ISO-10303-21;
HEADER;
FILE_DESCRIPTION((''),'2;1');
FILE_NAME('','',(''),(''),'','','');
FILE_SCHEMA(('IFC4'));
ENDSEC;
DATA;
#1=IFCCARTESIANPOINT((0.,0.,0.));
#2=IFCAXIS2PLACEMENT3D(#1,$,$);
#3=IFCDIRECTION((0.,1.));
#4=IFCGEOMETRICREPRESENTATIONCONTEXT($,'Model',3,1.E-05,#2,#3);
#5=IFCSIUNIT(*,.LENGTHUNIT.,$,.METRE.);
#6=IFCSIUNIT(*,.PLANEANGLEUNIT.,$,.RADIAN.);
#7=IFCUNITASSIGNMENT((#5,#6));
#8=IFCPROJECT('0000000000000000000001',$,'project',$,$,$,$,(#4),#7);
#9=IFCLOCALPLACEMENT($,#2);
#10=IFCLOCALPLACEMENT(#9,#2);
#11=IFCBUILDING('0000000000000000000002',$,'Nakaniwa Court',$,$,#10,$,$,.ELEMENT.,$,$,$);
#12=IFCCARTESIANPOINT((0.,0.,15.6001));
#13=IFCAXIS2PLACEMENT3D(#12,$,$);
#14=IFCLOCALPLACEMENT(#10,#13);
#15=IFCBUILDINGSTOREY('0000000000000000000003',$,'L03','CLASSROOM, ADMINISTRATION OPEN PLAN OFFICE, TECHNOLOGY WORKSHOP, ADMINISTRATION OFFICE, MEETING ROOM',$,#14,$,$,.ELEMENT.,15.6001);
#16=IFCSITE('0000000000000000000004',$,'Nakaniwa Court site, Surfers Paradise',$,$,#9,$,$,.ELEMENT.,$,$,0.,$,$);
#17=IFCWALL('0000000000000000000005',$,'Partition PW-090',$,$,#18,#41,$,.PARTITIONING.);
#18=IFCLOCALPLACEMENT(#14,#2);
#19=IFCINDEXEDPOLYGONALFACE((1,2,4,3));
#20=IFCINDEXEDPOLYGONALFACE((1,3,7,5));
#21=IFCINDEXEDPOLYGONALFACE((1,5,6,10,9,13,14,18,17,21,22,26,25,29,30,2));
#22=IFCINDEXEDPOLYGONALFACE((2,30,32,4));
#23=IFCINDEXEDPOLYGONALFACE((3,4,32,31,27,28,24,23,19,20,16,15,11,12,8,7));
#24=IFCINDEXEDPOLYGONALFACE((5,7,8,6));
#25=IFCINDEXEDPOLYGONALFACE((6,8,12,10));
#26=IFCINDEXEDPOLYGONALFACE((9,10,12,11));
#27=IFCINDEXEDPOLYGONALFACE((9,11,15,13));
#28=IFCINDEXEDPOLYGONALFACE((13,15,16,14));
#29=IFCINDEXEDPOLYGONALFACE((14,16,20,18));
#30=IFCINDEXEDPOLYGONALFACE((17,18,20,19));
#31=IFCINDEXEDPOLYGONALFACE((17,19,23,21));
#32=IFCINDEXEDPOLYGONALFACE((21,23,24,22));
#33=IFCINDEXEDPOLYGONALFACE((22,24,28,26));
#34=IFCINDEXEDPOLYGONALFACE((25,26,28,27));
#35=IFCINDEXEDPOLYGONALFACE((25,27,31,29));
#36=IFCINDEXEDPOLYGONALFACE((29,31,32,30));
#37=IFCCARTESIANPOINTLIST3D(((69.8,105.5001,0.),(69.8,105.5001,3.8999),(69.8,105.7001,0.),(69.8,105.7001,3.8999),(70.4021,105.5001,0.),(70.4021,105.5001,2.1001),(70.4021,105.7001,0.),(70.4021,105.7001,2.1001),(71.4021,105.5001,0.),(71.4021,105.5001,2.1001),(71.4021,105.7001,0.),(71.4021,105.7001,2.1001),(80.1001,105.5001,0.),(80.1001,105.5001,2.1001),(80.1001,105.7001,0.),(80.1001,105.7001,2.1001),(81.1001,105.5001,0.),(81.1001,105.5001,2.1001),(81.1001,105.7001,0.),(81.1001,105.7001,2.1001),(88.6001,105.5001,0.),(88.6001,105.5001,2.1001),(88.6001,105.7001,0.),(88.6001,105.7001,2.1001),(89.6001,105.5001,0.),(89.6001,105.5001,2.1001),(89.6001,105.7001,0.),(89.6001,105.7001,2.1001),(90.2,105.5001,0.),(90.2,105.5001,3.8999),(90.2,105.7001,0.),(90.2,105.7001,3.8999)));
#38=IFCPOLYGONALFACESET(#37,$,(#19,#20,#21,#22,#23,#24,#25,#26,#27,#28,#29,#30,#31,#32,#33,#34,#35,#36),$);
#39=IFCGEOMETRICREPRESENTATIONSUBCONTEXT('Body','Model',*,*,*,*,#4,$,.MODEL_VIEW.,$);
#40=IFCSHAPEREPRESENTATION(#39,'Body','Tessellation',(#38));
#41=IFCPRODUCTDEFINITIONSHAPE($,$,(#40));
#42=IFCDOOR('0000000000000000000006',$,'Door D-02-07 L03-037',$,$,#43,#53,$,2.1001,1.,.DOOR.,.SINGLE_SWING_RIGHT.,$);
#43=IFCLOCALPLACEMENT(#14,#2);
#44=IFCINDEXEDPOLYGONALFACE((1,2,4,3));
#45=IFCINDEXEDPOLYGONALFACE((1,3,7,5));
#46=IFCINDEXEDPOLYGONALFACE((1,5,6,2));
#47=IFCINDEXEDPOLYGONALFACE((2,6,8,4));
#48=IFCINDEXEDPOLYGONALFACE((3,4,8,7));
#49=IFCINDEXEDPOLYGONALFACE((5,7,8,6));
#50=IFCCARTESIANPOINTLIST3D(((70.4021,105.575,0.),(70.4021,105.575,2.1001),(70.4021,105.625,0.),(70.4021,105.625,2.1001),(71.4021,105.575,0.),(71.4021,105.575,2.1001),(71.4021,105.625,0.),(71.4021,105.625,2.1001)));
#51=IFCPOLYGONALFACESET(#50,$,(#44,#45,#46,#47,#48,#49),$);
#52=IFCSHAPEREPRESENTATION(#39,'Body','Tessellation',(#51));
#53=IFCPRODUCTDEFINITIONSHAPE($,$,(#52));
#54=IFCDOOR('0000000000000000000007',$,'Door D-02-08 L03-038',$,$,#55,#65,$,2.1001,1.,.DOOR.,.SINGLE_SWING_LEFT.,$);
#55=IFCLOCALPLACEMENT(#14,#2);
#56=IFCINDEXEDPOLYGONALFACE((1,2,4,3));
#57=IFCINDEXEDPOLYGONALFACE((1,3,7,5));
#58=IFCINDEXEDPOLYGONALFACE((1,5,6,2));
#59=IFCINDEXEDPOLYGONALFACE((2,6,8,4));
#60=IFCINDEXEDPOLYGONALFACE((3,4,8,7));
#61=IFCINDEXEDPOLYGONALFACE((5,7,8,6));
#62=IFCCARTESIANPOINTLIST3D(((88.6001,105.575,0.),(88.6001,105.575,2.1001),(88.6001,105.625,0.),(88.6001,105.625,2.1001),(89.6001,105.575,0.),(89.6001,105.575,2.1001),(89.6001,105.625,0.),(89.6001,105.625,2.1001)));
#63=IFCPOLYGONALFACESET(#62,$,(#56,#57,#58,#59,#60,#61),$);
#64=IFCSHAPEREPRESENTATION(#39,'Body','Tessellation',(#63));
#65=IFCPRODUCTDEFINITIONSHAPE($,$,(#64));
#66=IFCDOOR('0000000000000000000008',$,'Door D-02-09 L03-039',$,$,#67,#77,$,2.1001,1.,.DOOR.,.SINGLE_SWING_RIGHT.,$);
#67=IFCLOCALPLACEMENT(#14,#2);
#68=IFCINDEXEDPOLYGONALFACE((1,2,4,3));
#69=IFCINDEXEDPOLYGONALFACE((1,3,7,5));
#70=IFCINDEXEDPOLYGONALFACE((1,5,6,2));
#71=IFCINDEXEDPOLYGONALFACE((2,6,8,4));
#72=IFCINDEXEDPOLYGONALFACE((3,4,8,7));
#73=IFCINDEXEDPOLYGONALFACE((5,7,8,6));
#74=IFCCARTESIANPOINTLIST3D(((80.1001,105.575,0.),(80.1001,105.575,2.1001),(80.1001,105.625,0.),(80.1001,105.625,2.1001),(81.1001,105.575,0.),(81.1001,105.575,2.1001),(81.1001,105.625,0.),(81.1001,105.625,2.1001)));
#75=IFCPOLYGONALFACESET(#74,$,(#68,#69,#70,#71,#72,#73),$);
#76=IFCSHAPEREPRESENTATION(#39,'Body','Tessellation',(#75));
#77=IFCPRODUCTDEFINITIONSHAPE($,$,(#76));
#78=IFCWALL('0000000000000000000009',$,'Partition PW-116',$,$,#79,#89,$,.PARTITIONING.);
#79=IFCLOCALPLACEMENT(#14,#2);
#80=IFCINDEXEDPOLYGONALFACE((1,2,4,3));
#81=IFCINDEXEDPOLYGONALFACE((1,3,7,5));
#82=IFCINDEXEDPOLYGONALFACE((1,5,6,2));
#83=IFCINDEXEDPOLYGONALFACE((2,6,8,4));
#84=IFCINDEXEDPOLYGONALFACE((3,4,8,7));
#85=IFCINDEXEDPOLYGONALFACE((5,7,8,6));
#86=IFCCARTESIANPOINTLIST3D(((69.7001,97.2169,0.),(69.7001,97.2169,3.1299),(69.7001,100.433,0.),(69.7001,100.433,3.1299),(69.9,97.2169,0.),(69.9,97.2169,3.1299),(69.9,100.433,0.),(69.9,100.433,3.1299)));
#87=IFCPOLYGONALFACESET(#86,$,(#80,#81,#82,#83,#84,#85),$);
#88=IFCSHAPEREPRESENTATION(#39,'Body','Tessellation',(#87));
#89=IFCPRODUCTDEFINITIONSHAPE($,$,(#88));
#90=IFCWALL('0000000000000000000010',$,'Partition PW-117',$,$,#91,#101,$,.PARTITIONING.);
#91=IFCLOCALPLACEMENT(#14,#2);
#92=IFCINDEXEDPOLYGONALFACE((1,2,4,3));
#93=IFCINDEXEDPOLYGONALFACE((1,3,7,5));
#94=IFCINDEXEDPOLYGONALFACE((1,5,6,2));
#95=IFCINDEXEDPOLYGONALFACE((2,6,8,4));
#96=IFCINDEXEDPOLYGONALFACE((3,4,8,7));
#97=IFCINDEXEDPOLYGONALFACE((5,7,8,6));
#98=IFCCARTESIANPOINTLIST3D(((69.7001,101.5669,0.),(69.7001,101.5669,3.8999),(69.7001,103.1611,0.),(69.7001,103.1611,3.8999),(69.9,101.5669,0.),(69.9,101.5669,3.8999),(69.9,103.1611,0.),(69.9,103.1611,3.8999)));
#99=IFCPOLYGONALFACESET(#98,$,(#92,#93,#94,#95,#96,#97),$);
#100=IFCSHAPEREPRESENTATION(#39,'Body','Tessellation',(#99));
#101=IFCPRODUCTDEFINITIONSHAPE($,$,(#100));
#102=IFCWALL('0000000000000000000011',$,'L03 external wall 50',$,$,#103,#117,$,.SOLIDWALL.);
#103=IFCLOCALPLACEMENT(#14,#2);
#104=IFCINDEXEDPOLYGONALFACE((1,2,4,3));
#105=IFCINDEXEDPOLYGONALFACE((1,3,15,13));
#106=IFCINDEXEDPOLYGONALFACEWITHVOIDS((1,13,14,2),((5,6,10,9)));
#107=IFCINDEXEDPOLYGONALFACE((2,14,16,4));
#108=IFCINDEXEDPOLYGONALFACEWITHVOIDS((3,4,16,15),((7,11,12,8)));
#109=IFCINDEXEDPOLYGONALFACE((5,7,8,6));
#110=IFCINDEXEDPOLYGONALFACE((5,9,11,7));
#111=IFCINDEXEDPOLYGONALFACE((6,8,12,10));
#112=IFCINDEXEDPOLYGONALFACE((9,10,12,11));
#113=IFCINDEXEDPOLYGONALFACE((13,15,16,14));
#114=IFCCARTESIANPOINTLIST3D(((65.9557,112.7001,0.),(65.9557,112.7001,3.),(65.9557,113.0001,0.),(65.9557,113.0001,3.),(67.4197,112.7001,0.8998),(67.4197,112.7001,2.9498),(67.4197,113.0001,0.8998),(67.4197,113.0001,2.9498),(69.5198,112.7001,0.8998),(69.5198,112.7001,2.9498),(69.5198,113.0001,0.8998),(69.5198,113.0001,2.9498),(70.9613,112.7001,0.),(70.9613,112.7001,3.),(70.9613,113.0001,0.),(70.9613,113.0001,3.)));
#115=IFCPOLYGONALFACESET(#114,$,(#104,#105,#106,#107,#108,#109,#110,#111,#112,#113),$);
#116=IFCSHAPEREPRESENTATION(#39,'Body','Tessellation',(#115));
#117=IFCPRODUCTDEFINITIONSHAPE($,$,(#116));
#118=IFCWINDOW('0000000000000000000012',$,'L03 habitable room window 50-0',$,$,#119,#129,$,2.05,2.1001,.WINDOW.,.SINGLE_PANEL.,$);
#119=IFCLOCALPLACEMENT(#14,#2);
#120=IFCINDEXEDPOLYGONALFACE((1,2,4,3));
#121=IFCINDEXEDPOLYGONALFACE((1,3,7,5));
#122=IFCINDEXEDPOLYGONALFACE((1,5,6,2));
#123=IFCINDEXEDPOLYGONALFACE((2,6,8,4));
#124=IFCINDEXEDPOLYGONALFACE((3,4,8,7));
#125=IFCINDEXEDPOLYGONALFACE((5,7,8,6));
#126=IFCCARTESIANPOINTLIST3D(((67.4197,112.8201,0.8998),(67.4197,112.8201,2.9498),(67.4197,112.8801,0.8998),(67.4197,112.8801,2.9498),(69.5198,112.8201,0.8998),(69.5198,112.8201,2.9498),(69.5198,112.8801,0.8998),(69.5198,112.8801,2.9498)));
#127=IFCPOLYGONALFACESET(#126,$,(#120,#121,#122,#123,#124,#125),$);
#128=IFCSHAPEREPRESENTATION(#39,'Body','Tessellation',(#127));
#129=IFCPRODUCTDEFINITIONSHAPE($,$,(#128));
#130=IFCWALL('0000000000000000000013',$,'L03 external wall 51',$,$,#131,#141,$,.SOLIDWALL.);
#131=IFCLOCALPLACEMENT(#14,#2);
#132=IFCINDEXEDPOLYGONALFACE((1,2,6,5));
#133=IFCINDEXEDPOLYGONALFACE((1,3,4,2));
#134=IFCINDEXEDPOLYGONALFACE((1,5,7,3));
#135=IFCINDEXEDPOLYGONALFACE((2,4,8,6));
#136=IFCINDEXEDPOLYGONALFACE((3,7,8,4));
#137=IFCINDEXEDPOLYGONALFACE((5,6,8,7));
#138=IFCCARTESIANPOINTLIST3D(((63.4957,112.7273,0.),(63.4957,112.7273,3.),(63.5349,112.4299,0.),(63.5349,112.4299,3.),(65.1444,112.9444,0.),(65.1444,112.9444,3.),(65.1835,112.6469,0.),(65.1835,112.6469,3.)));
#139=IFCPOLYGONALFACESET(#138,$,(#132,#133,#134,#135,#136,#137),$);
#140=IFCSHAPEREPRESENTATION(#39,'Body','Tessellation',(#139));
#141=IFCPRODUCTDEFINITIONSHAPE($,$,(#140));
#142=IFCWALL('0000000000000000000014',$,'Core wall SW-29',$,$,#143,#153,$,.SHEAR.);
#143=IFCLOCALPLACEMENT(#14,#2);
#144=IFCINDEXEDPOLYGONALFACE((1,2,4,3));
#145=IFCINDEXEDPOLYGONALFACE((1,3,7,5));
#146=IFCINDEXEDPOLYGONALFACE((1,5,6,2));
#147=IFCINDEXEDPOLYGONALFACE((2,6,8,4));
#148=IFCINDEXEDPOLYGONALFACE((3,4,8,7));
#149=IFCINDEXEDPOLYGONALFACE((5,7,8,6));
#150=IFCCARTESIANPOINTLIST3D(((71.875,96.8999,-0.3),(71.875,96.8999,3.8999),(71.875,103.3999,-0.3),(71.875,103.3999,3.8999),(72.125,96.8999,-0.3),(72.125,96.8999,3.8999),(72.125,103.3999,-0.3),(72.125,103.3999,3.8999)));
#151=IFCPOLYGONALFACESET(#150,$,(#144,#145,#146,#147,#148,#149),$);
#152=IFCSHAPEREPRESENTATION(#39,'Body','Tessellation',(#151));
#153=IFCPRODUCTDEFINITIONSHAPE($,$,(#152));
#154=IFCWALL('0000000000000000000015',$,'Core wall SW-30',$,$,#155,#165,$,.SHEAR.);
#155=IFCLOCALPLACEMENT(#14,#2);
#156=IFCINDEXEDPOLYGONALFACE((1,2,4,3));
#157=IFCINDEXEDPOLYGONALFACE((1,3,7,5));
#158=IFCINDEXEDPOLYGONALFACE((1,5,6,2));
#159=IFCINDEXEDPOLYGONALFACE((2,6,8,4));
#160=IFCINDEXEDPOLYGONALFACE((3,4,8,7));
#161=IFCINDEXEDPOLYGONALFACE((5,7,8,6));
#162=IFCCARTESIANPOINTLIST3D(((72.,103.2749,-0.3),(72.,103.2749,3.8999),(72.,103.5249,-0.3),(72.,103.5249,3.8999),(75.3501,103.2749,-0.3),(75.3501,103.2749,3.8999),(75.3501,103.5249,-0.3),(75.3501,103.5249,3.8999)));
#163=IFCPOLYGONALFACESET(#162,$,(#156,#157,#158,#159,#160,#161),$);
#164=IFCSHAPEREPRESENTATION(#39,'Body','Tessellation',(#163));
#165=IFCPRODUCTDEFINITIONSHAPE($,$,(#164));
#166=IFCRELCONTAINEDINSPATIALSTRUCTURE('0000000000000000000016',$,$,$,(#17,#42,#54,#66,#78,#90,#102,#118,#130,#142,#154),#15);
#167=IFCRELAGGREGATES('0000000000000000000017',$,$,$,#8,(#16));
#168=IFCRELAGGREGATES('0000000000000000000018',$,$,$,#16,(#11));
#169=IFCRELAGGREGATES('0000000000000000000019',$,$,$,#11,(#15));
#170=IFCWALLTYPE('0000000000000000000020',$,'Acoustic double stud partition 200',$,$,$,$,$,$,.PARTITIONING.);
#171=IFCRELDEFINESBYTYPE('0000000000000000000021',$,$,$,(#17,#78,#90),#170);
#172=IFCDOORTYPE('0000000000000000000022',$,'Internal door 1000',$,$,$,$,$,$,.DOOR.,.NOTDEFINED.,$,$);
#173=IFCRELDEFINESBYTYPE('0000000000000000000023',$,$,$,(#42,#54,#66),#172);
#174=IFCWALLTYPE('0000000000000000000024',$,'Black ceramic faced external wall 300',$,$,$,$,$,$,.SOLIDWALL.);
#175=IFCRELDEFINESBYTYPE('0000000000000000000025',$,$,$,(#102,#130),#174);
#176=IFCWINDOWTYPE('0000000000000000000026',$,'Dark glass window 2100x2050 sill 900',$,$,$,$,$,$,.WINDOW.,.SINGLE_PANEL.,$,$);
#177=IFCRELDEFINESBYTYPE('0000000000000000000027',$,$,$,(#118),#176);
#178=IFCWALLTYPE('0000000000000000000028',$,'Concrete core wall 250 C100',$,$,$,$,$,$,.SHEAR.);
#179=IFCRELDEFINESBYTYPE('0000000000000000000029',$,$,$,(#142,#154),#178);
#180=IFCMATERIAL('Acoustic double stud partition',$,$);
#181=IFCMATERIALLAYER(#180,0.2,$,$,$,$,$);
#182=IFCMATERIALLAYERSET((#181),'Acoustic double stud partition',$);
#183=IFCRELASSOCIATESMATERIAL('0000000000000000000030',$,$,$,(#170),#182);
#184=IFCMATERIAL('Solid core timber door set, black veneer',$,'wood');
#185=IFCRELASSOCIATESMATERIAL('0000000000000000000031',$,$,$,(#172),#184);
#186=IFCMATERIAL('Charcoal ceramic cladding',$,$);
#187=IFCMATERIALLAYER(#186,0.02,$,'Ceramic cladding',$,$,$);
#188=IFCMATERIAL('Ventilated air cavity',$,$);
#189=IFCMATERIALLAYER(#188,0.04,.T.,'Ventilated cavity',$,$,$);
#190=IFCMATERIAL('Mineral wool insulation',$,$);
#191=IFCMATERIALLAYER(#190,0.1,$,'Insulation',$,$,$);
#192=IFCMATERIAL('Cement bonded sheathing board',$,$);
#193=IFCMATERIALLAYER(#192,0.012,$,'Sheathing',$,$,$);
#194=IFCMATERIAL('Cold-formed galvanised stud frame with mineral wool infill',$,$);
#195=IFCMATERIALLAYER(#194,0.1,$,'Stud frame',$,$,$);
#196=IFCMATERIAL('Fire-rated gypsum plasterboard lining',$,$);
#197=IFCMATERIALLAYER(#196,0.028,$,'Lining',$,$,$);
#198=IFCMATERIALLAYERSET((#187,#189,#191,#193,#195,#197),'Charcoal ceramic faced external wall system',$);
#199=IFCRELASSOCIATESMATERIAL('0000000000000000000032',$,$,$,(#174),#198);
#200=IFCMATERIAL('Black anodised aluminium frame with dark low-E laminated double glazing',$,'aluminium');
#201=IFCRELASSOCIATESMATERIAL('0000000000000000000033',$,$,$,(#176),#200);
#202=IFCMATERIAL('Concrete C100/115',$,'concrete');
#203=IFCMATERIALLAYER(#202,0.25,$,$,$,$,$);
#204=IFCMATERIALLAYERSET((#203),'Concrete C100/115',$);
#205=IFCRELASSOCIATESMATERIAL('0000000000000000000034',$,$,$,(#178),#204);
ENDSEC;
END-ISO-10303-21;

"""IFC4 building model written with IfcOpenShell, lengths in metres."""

from ifc_helpers import new_model, si_unit, direction, frame, frame_2d, origin, place, context, subcontext, project, spatial, rectangle, extrude, material, layer, layer_set, type_object, element, fill, save


model = new_model("IFC4")

# Units and contexts
model_context = context("Model", 3, precision=1e-05, world=origin(), true_north=direction((0.0, 1.0)))
body_context = subcontext(model_context, "Body", "Model", "MODEL_VIEW")
ifc_project = project(units=[si_unit("LENGTHUNIT", "METRE"), si_unit("PLANEANGLEUNIT", "RADIAN")], contexts=[model_context])

# Site, building, storey
site_placement = place(None, origin())
site = spatial("IfcSite", under=ifc_project, at=site_placement, Name="Nakaniwa Court site, Surfers Paradise", CompositionType="ELEMENT", RefElevation=0.0)
building_placement = place(site_placement, origin())
building = spatial("IfcBuilding", under=site, at=building_placement, Name="Nakaniwa Court", CompositionType="ELEMENT")
storey_placement = place(building_placement, frame((0.0, 0.0, 15.6001)))
storey = spatial("IfcBuildingStorey", under=building, at=storey_placement, Name="L03", Description="CLASSROOM, ADMINISTRATION OPEN PLAN OFFICE, TECHNOLOGY WORKSHOP, ADMINISTRATION OFFICE, MEETING ROOM", CompositionType="ELEMENT", Elevation=15.6001)

# Shared definitions
ifc_material_1 = material(Name="Concrete C100/115", Category="concrete")

# Wall, openings, doors
ifc_material_2 = material(Name="Acoustic double stud partition")
ifc_layer_1 = layer(ifc_material_2, 0.2)
ifc_layer_set_1 = layer_set([ifc_layer_1], Name="Acoustic double stud partition")
wall_type_1 = type_object("IfcWallType", Name="Acoustic double stud partition 200", PredefinedType="PARTITIONING", material=ifc_layer_set_1)
wall_1_placement = place(storey_placement, frame((69.8, 105.6001, 0.0), z_axis=(0.0, 0.0, 1.0), x_axis=(1.0, 0.0, 0.0)))
wall_1 = element("IfcWall", 1, at=wall_1_placement, inside=storey, type_object=wall_type_1, Name="Partition PW-090", PredefinedType="PARTITIONING", context=body_context, shape_type="SweptSolid", body=[
    extrude(rectangle(XDim=20.3999, YDim=0.2, at=frame_2d((10.2, 0.0))), origin(), (0.0, 0.0, 1.0), 3.8999),
])
opening_1_placement = place(wall_1_placement, frame((0.6021, 0.0, 0.0)))
opening_1 = element("IfcOpeningElement", 2, at=opening_1_placement, cuts=wall_1, PredefinedType="OPENING", context=body_context, shape_type="SweptSolid", body=[
    extrude(rectangle(XDim=1.0, YDim=2.1001, at=frame_2d((0.5, 1.05))), frame((0.0, 0.1099, 0.0), z_axis=(0.0, -1.0, 0.0), x_axis=(1.0, 0.0, 0.0)), (0.0, 0.0, 1.0), 0.22),
])
opening_2_placement = place(wall_1_placement, frame((18.8, 0.0, 0.0)))
opening_2 = element("IfcOpeningElement", 3, at=opening_2_placement, cuts=wall_1, PredefinedType="OPENING", context=body_context, shape_type="SweptSolid", body=[
    extrude(rectangle(XDim=1.0, YDim=2.1001, at=frame_2d((0.5, 1.05))), frame((0.0, 0.1099, 0.0), z_axis=(0.0, -1.0, 0.0), x_axis=(1.0, 0.0, 0.0)), (0.0, 0.0, 1.0), 0.22),
])
opening_3_placement = place(wall_1_placement, frame((10.3, 0.0, 0.0)))
opening_3 = element("IfcOpeningElement", 4, at=opening_3_placement, cuts=wall_1, PredefinedType="OPENING", context=body_context, shape_type="SweptSolid", body=[
    extrude(rectangle(XDim=1.0, YDim=2.1001, at=frame_2d((0.5, 1.05))), frame((0.0, 0.1099, 0.0), z_axis=(0.0, -1.0, 0.0), x_axis=(1.0, 0.0, 0.0)), (0.0, 0.0, 1.0), 0.22),
])
ifc_material_3 = material(Name="Solid core timber door set, black veneer", Category="wood")
door_type = type_object("IfcDoorType", Name="Internal door 1000", OperationType="NOTDEFINED", PredefinedType="DOOR", material=ifc_material_3)
door_1_placement = place(opening_1_placement, origin())
door_1 = element("IfcDoor", 5, at=door_1_placement, inside=storey, type_object=door_type, Name="Door D-02-07 L03-037", OperationType="SINGLE_SWING_RIGHT", OverallHeight=2.1001, OverallWidth=1.0, PredefinedType="DOOR", context=body_context, shape_type="SweptSolid", body=[
    extrude(rectangle(XDim=1.0, YDim=2.1001, at=frame_2d((0.5, 1.05))), frame((0.0, 0.0249, 0.0), z_axis=(0.0, -1.0, 0.0), x_axis=(1.0, 0.0, 0.0)), (0.0, 0.0, 1.0), 0.05),
])
fill(opening_1, door_1)
door_2_placement = place(opening_2_placement, origin())
door_2 = element("IfcDoor", 6, at=door_2_placement, inside=storey, type_object=door_type, Name="Door D-02-08 L03-038", OperationType="SINGLE_SWING_LEFT", OverallHeight=2.1001, OverallWidth=1.0, PredefinedType="DOOR", context=body_context, shape_type="SweptSolid", body=[
    extrude(rectangle(XDim=1.0, YDim=2.1001, at=frame_2d((0.5, 1.05))), frame((0.0, 0.0249, 0.0), z_axis=(0.0, -1.0, 0.0), x_axis=(1.0, 0.0, 0.0)), (0.0, 0.0, 1.0), 0.05),
])
fill(opening_2, door_2)
door_3_placement = place(opening_3_placement, origin())
door_3 = element("IfcDoor", 7, at=door_3_placement, inside=storey, type_object=door_type, Name="Door D-02-09 L03-039", OperationType="SINGLE_SWING_RIGHT", OverallHeight=2.1001, OverallWidth=1.0, PredefinedType="DOOR", context=body_context, shape_type="SweptSolid", body=[
    extrude(rectangle(XDim=1.0, YDim=2.1001, at=frame_2d((0.5, 1.05))), frame((0.0, 0.0249, 0.0), z_axis=(0.0, -1.0, 0.0), x_axis=(1.0, 0.0, 0.0)), (0.0, 0.0, 1.0), 0.05),
])
fill(opening_3, door_3)

# Walls
wall_2_placement = place(storey_placement, frame((69.8, 97.217, 0.0), z_axis=(0.0, 0.0, 1.0), x_axis=(0.0, 1.0, 0.0)))
element("IfcWall", 8, at=wall_2_placement, inside=storey, type_object=wall_type_1, Name="Partition PW-116", PredefinedType="PARTITIONING", context=body_context, shape_type="SweptSolid", body=[
    extrude(rectangle(XDim=3.2161, YDim=0.2, at=frame_2d((1.6079, 0.0))), origin(), (0.0, 0.0, 1.0), 3.1299),
])
wall_3_placement = place(storey_placement, frame((69.8, 101.5669, 0.0), z_axis=(0.0, 0.0, 1.0), x_axis=(0.0, 1.0, 0.0)))
element("IfcWall", 9, at=wall_3_placement, inside=storey, type_object=wall_type_1, Name="Partition PW-117", PredefinedType="PARTITIONING", context=body_context, shape_type="SweptSolid", body=[
    extrude(rectangle(XDim=1.5942, YDim=0.2, at=frame_2d((0.7971, 0.0))), origin(), (0.0, 0.0, 1.0), 3.8999),
])

# Wall, opening, window
ifc_material_4 = material(Name="Charcoal ceramic cladding")
ifc_layer_2 = layer(ifc_material_4, 0.02, Name="Ceramic cladding")
ifc_material_5 = material(Name="Ventilated air cavity")
ifc_layer_3 = layer(ifc_material_5, 0.04, ventilated=True, Name="Ventilated cavity")
ifc_material_6 = material(Name="Mineral wool insulation")
ifc_layer_4 = layer(ifc_material_6, 0.1, Name="Insulation")
ifc_material_7 = material(Name="Cement bonded sheathing board")
ifc_layer_5 = layer(ifc_material_7, 0.012, Name="Sheathing")
ifc_material_8 = material(Name="Cold-formed galvanised stud frame with mineral wool infill")
ifc_layer_6 = layer(ifc_material_8, 0.1, Name="Stud frame")
ifc_material_9 = material(Name="Fire-rated gypsum plasterboard lining")
ifc_layer_7 = layer(ifc_material_9, 0.028, Name="Lining")
ifc_layer_set_2 = layer_set([ifc_layer_2, ifc_layer_3, ifc_layer_4, ifc_layer_5, ifc_layer_6, ifc_layer_7], Name="Charcoal ceramic faced external wall system")
wall_type_2 = type_object("IfcWallType", Name="Black ceramic faced external wall 300", PredefinedType="SOLIDWALL", material=ifc_layer_set_2)
wall_4_placement = place(storey_placement, frame((70.9614, 112.8501, 0.0), z_axis=(0.0, 0.0, 1.0), x_axis=(-1.0, 0.0, 0.0)))
wall_4 = element("IfcWall", 10, at=wall_4_placement, inside=storey, type_object=wall_type_2, Name="L03 external wall 50", PredefinedType="SOLIDWALL", context=body_context, shape_type="SweptSolid", body=[
    extrude(rectangle(XDim=5.0056, YDim=0.3, at=frame_2d((2.5029, 0.0))), origin(), (0.0, 0.0, 1.0), 3.0),
])
opening_4_placement = place(wall_4_placement, frame((1.4417, 0.0, 0.8999)))
opening_4 = element("IfcOpeningElement", 11, at=opening_4_placement, cuts=wall_4, PredefinedType="OPENING", context=body_context, shape_type="SweptSolid", body=[
    extrude(rectangle(XDim=2.1001, YDim=2.05, at=frame_2d((1.05, 1.0249))), frame((0.0, 0.1599, 0.0), z_axis=(0.0, -1.0, 0.0), x_axis=(1.0, 0.0, 0.0)), (0.0, 0.0, 1.0), 0.3201),
])
ifc_material_10 = material(Name="Black anodised aluminium frame with dark low-E laminated double glazing", Category="aluminium")
window_type = type_object("IfcWindowType", Name="Dark glass window 2100x2050 sill 900", PartitioningType="SINGLE_PANEL", PredefinedType="WINDOW", material=ifc_material_10)
window_placement = place(opening_4_placement, origin())
window = element("IfcWindow", 12, at=window_placement, inside=storey, type_object=window_type, Name="L03 habitable room window 50-0", OverallHeight=2.05, OverallWidth=2.1001, PartitioningType="SINGLE_PANEL", PredefinedType="WINDOW", context=body_context, shape_type="SweptSolid", body=[
    extrude(rectangle(XDim=2.1001, YDim=2.05, at=frame_2d((1.05, 1.0249))), frame((0.0, 0.03, 0.0), z_axis=(0.0, -1.0, 0.0), x_axis=(1.0, 0.0, 0.0)), (0.0, 0.0, 1.0), 0.0601),
])
fill(opening_4, window)

# Walls
wall_5_placement = place(storey_placement, frame((65.1641, 112.7957, 0.0), z_axis=(0.0, 0.0, 1.0), x_axis=(-0.991446, -0.130519, 0.0)))
element("IfcWall", 13, at=wall_5_placement, inside=storey, type_object=wall_type_2, Name="L03 external wall 51", PredefinedType="SOLIDWALL", context=body_context, shape_type="SweptSolid", body=[
    extrude(rectangle(XDim=1.6628, YDim=0.3, at=frame_2d((0.8315, 0.0))), origin(), (0.0, 0.0, 1.0), 3.0),
])
ifc_layer_8 = layer(ifc_material_1, 0.25)
ifc_layer_set_3 = layer_set([ifc_layer_8], Name="Concrete C100/115")
wall_type_3 = type_object("IfcWallType", Name="Concrete core wall 250 C100", PredefinedType="SHEAR", material=ifc_layer_set_3)
wall_6_placement = place(storey_placement, frame((72.0, 96.8999, -0.3), z_axis=(0.0, 0.0, 1.0), x_axis=(0.0, 1.0, 0.0)))
element("IfcWall", 14, at=wall_6_placement, inside=storey, type_object=wall_type_3, Name="Core wall SW-29", PredefinedType="SHEAR", context=body_context, shape_type="SweptSolid", body=[
    extrude(rectangle(XDim=6.5, YDim=0.25, at=frame_2d((3.25, 0.0))), origin(), (0.0, 0.0, 1.0), 4.2),
])
wall_7_placement = place(storey_placement, frame((72.0, 103.3999, -0.3), z_axis=(0.0, 0.0, 1.0), x_axis=(1.0, 0.0, 0.0)))
element("IfcWall", 15, at=wall_7_placement, inside=storey, type_object=wall_type_3, Name="Core wall SW-30", PredefinedType="SHEAR", context=body_context, shape_type="SweptSolid", body=[
    extrude(rectangle(XDim=3.3501, YDim=0.25, at=frame_2d((1.675, 0.0))), origin(), (0.0, 0.0, 1.0), 4.2),
])

save(model, "model.ifc")
